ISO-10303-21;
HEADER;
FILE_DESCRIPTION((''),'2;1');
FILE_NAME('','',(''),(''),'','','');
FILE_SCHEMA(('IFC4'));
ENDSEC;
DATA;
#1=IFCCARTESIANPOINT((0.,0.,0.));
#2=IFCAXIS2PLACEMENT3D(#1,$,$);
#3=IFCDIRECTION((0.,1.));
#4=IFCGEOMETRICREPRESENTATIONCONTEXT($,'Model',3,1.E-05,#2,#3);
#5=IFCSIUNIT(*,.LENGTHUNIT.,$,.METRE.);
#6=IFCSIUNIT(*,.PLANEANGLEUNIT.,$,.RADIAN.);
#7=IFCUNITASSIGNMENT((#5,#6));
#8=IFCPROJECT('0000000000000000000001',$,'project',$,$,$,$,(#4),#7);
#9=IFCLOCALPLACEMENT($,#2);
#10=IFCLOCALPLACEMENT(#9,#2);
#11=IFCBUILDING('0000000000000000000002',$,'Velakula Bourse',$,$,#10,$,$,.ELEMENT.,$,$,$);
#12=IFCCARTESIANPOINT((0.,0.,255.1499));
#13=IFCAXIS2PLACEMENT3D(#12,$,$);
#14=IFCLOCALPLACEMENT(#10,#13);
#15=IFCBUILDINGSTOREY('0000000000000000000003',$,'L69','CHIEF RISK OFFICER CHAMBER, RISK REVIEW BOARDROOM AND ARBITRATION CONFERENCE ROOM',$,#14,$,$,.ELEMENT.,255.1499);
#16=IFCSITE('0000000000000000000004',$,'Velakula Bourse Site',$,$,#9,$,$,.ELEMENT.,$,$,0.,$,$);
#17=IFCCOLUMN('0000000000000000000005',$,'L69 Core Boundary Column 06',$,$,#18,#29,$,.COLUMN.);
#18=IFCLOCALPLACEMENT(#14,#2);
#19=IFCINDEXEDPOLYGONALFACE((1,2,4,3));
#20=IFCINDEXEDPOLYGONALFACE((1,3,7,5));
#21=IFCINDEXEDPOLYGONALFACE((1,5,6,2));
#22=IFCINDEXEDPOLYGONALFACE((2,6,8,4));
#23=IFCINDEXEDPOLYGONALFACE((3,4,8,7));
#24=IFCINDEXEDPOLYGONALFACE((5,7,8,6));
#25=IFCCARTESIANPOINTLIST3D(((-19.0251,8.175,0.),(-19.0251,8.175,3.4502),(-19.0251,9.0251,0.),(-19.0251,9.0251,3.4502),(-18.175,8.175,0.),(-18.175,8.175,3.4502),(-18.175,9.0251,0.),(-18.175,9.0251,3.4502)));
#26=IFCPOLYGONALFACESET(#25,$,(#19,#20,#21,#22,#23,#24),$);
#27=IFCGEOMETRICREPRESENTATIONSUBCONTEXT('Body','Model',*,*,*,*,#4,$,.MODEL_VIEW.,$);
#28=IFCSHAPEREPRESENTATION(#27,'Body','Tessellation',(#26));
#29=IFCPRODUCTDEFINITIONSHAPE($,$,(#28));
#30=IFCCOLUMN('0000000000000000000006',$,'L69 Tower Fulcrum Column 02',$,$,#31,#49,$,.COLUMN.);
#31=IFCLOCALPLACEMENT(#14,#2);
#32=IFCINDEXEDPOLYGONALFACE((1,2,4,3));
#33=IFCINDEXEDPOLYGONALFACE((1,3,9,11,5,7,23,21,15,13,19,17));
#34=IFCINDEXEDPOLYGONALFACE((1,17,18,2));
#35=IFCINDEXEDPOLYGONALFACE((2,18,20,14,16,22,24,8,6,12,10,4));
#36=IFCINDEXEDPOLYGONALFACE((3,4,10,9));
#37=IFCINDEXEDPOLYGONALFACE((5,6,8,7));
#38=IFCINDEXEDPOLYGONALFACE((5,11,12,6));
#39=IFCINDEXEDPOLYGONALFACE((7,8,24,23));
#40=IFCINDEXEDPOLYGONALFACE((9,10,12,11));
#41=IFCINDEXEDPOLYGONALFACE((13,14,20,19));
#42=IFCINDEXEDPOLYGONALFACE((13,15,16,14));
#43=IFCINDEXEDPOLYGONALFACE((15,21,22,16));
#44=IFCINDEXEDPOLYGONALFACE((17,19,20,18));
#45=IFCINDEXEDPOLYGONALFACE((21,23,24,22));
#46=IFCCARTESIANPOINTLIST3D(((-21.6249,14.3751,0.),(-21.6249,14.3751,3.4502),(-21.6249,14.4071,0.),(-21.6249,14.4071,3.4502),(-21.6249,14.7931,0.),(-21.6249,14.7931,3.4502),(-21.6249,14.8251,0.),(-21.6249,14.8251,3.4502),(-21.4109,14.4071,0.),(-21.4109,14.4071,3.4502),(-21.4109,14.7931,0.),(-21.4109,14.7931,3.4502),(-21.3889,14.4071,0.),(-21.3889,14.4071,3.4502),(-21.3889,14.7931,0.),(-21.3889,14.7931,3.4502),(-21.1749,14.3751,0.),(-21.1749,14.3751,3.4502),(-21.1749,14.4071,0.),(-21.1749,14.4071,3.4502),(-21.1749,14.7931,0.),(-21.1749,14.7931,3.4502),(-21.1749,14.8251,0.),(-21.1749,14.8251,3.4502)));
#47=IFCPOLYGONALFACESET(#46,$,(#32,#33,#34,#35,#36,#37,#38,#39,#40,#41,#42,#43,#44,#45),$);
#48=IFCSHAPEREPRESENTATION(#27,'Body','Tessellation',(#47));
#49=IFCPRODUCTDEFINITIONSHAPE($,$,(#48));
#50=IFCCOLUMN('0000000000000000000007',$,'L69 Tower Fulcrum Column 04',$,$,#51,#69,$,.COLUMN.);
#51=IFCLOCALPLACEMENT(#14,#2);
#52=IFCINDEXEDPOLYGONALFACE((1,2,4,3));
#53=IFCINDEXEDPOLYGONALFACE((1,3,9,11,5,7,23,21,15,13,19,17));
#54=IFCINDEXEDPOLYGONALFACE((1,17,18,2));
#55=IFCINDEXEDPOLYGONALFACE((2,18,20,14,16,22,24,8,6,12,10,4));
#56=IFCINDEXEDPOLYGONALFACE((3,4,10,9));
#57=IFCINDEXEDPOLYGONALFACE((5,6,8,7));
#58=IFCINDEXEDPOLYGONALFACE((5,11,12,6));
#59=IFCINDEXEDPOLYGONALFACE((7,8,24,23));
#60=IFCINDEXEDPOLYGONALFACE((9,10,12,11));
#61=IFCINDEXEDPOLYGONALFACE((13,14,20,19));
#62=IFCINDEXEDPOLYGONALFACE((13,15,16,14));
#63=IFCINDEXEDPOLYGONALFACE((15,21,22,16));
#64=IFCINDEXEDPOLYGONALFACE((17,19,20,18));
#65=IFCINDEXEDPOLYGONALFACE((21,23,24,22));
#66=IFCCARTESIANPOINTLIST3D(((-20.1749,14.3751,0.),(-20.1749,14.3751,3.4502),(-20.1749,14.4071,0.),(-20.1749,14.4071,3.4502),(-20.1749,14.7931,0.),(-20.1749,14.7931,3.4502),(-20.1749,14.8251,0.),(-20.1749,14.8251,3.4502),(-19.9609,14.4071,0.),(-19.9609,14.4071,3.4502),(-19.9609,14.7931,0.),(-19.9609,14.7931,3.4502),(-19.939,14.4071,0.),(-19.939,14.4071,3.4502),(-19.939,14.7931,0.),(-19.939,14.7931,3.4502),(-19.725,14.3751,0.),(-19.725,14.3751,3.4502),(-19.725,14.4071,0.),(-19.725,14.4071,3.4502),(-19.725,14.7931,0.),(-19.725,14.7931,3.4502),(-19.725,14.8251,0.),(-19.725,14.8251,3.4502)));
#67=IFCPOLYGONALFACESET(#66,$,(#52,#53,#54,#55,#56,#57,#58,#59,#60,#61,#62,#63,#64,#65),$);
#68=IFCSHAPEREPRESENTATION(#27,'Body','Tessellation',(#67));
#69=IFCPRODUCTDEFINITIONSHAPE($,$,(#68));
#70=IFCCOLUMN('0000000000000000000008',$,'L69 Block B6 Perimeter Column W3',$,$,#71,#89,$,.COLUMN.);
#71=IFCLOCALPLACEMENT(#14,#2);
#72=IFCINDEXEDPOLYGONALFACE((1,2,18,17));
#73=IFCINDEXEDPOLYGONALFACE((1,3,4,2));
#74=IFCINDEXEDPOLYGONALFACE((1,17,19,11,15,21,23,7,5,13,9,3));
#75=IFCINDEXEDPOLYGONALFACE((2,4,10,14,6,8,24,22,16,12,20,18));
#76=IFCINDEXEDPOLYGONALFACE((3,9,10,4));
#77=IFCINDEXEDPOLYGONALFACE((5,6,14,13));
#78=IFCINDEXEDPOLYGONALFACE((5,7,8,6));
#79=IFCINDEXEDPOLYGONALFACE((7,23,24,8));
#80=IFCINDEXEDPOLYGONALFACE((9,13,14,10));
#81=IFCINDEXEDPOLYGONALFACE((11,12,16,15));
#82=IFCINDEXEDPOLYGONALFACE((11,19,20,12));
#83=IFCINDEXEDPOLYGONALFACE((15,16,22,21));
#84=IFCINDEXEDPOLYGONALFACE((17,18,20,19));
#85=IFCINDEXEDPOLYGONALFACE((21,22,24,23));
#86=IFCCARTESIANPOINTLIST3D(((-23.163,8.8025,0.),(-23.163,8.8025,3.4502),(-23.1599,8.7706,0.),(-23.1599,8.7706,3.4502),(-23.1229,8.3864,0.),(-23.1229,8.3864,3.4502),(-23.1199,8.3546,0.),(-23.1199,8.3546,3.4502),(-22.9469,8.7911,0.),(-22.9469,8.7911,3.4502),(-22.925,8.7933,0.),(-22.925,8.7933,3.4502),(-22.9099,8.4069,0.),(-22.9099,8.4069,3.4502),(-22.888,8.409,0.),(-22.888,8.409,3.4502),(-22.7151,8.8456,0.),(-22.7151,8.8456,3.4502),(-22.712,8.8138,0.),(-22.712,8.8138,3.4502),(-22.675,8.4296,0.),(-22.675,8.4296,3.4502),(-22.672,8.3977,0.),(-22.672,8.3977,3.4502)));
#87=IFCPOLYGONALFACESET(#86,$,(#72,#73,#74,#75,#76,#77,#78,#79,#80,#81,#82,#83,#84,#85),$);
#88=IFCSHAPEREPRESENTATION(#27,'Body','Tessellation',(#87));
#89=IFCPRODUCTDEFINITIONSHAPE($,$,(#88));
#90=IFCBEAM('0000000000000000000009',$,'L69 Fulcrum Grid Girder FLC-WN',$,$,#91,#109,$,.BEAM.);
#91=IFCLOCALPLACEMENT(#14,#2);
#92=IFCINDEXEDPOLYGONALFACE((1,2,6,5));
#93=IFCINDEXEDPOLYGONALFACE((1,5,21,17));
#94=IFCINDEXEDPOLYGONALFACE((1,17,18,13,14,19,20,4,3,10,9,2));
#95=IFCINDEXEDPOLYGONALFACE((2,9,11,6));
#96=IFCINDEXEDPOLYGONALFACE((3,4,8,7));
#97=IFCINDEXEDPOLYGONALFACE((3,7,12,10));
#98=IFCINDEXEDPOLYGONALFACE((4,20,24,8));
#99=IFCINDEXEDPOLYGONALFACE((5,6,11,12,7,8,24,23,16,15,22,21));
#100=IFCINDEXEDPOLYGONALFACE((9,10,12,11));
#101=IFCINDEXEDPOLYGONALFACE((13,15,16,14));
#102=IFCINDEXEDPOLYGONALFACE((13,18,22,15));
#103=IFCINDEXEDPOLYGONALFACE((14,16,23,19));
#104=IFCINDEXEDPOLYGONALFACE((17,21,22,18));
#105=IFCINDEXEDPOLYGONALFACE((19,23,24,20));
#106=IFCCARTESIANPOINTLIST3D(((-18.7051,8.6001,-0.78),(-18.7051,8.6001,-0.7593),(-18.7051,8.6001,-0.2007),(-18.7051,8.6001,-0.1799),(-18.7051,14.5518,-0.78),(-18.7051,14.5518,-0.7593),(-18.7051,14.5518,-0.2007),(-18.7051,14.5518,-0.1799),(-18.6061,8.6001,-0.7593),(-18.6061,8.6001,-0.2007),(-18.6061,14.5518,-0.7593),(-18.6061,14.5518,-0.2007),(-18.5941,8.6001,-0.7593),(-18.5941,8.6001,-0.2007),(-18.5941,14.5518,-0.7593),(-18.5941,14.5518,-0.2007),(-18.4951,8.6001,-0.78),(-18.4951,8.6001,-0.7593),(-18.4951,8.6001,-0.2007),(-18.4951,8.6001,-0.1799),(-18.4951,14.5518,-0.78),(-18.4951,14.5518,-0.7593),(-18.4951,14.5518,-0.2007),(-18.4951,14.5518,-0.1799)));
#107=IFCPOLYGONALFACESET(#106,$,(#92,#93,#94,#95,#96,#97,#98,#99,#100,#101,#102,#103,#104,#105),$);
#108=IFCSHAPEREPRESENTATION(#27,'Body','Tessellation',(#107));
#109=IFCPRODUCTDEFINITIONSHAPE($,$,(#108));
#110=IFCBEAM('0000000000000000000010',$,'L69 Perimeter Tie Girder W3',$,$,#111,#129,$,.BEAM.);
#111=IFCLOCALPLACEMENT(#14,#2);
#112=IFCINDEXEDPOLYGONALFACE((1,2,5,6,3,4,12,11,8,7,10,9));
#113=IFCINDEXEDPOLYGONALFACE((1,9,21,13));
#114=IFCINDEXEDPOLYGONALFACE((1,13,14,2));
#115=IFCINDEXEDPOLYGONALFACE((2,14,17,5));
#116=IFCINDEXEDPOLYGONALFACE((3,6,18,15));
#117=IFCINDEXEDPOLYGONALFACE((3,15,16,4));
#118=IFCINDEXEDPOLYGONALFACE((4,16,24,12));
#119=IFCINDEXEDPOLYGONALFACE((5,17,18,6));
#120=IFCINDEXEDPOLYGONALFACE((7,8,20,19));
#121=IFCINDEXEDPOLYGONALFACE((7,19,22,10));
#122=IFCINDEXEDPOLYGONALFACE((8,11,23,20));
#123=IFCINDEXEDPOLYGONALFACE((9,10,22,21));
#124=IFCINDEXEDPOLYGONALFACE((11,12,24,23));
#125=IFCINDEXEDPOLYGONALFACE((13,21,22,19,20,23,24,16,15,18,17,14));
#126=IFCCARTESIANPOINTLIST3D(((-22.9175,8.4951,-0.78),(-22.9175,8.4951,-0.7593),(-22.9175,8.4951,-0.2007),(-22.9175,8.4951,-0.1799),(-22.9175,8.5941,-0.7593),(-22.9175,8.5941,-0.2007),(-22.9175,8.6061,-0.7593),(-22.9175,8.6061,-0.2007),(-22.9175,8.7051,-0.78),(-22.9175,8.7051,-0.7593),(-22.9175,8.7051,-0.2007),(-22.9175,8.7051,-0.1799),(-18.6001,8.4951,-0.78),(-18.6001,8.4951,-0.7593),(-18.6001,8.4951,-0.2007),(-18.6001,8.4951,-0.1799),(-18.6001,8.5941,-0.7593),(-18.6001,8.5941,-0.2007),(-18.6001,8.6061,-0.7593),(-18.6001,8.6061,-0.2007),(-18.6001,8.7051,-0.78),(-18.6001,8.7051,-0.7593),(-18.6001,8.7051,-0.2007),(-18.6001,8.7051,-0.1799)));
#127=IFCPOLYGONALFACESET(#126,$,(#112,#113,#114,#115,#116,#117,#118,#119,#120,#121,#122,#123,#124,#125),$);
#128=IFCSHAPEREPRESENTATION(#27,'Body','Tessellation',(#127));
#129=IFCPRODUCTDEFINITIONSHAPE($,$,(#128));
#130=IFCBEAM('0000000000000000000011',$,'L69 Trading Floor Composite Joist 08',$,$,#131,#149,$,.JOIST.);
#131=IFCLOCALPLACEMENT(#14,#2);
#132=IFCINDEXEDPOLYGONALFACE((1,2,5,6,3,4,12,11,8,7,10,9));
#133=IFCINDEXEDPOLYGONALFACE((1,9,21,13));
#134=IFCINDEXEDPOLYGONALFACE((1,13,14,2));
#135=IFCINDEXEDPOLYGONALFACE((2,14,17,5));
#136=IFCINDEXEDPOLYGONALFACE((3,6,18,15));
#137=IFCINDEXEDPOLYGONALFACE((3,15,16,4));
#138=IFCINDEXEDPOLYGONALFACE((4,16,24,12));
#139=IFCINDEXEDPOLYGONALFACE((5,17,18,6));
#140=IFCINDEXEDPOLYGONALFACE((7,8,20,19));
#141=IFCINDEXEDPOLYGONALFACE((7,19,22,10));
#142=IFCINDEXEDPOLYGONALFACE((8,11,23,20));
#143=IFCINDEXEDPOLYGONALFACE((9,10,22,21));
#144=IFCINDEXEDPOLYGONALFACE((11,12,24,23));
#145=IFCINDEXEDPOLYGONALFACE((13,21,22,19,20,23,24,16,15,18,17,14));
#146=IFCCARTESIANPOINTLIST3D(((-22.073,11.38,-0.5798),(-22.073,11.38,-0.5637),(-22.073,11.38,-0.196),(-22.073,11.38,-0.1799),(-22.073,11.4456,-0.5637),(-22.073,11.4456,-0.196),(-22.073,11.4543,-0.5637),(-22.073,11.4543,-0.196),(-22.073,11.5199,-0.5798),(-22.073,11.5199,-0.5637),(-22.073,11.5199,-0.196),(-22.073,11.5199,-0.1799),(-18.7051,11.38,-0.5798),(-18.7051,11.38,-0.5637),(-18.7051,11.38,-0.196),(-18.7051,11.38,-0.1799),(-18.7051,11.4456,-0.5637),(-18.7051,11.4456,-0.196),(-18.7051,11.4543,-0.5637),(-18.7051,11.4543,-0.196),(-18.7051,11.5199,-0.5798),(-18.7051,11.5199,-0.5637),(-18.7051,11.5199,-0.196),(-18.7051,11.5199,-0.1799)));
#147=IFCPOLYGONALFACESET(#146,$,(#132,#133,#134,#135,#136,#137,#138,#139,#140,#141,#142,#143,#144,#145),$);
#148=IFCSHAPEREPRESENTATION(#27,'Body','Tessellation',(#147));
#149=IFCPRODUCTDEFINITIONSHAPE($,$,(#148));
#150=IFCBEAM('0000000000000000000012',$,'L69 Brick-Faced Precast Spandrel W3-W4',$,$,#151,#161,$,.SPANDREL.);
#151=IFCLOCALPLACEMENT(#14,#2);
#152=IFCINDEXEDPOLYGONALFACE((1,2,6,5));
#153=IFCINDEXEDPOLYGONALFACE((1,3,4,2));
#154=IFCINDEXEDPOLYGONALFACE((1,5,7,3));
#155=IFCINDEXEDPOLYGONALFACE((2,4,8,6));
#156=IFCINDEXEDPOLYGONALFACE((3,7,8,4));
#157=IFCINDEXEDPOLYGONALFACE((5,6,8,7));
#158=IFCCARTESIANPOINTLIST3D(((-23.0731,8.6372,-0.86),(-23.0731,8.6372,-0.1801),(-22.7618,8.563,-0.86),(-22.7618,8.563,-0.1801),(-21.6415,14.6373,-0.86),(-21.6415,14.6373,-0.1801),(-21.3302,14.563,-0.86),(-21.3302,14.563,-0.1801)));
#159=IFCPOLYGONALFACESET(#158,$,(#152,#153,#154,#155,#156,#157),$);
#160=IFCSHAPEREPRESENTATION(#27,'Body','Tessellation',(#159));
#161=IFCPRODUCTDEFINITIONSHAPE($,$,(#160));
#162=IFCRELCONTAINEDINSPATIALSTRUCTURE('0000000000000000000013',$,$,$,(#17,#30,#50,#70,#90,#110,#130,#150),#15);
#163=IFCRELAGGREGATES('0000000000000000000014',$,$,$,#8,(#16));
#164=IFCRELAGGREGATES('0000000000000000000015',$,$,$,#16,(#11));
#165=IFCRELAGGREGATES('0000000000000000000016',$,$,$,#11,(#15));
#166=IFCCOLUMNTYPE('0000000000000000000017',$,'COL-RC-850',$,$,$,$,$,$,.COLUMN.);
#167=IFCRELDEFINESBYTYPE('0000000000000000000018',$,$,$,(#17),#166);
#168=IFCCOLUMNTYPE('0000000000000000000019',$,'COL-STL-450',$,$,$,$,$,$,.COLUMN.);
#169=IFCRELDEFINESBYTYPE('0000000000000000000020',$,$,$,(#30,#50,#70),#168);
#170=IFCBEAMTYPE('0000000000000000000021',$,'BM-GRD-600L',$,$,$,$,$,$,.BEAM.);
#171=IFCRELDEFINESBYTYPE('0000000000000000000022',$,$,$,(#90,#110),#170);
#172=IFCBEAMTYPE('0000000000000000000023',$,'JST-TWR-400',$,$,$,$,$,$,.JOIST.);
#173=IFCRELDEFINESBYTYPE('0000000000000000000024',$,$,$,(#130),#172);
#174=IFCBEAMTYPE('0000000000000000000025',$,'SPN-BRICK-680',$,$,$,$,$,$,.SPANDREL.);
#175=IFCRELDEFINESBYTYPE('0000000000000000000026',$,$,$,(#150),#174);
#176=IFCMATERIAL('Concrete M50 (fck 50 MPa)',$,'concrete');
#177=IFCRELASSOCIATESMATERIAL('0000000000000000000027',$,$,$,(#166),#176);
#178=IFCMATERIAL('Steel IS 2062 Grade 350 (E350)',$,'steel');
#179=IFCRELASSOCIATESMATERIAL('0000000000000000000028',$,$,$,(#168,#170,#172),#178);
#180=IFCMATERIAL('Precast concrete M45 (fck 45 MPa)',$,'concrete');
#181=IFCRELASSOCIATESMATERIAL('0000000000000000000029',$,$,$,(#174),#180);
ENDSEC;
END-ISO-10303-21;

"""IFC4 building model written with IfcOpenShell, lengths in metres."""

from ifc_helpers import new_model, si_unit, direction, frame, origin, origin_2d, place, context, subcontext, project, spatial, rectangle, i_section, extrude, material, material_profile, profile_set, type_object, element, save


model = new_model("IFC4")

# Units and contexts
model_context = context("Model", 3, precision=1e-05, world=origin(), true_north=direction((0.0, 1.0)))
body_context = subcontext(model_context, "Body", "Model", "MODEL_VIEW")
ifc_project = project(units=[si_unit("LENGTHUNIT", "METRE"), si_unit("PLANEANGLEUNIT", "RADIAN")], contexts=[model_context])

# Site, building, storey
site_placement = place(None, origin())
site = spatial("IfcSite", under=ifc_project, at=site_placement, Name="Velakula Bourse Site", CompositionType="ELEMENT", RefElevation=0.0)
building_placement = place(site_placement, origin())
building = spatial("IfcBuilding", under=site, at=building_placement, Name="Velakula Bourse", CompositionType="ELEMENT")
storey_placement = place(building_placement, frame((0.0, 0.0, 255.1499)))
storey = spatial("IfcBuildingStorey", under=building, at=storey_placement, Name="L69", Description="CHIEF RISK OFFICER CHAMBER, RISK REVIEW BOARDROOM AND ARBITRATION CONFERENCE ROOM", CompositionType="ELEMENT", Elevation=255.1499)

# Columns
ifc_material_1 = material(Name="Concrete M50 (fck 50 MPa)", Category="concrete")
ifc_material_profile_1 = material_profile(ifc_material_1, rectangle(XDim=0.8501, YDim=0.8501, at=origin_2d()), Name="Concrete M50 (fck 50 MPa)")
ifc_profile_set_1 = profile_set([ifc_material_profile_1], Name="Concrete M50 (fck 50 MPa)")
column_type_1 = type_object("IfcColumnType", Name="COL-RC-850", PredefinedType="COLUMN", material=ifc_profile_set_1)
column_placement = place(storey_placement, frame((-18.6001, 8.6001, 0.0), z_axis=(0.0, 0.0, 1.0), x_axis=(1.0, 0.0, 0.0)))
element("IfcColumn", 1, at=column_placement, inside=storey, type_object=column_type_1, Name="L69 Core Boundary Column 06", PredefinedType="COLUMN", context=body_context, shape_type="SweptSolid", body=[
    extrude(rectangle(XDim=0.8501, YDim=0.8501, at=origin_2d()), origin(), (0.0, 0.0, 1.0), 3.4502),
])
ifc_material_2 = material(Name="Steel IS 2062 Grade 350 (E350)", Category="steel")
ifc_material_profile_2 = material_profile(ifc_material_2, i_section(OverallWidth=0.45, OverallDepth=0.45, WebThickness=0.022, FlangeThickness=0.032, at=origin_2d()), Name="Steel IS 2062 Grade 350 (E350)")
ifc_profile_set_2 = profile_set([ifc_material_profile_2], Name="Steel IS 2062 Grade 350 (E350)")
column_type_2 = type_object("IfcColumnType", Name="COL-STL-450", PredefinedType="COLUMN", material=ifc_profile_set_2)
for number, where, z_axis, x_axis, name in (
    (2, (-21.3999, 14.6001, 0.0), (0.0, 0.0, 1.0), (1.0, 0.0, 0.0), "L69 Tower Fulcrum Column 02"),
    (3, (-19.95, 14.6001, 0.0), (0.0, 0.0, 1.0), (1.0, 0.0, 0.0), "L69 Tower Fulcrum Column 04"),
    (4, (-22.9175, 8.6001, 0.0), (0.0, 0.0, 1.0), (0.995396, 0.095846, 0.0), "L69 Block B6 Perimeter Column W3"),
):
    element("IfcColumn", number, at=place(storey_placement, frame(where, z_axis=z_axis, x_axis=x_axis)), inside=storey, type_object=column_type_2, Name=name, PredefinedType="COLUMN", context=body_context, shape_type="SweptSolid", body=[
        extrude(i_section(OverallWidth=0.45, OverallDepth=0.45, WebThickness=0.022, FlangeThickness=0.032, at=origin_2d()), origin(), (0.0, 0.0, 1.0), 3.4502),
    ])

# Beams
ifc_material_profile_3 = material_profile(ifc_material_2, i_section(OverallWidth=0.21, OverallDepth=0.6001, WebThickness=0.012, FlangeThickness=0.0208, at=origin_2d()), Name="Steel IS 2062 Grade 350 (E350)")
ifc_profile_set_3 = profile_set([ifc_material_profile_3], Name="Steel IS 2062 Grade 350 (E350)")
beam_type_1 = type_object("IfcBeamType", Name="BM-GRD-600L", PredefinedType="BEAM", material=ifc_profile_set_3)
beam_1_placement = place(storey_placement, frame((-18.6001, 8.6001, -0.48), z_axis=(0.0, 1.0, 0.0), x_axis=(-1.0, 0.0, 0.0)))
element("IfcBeam", 5, at=beam_1_placement, inside=storey, type_object=beam_type_1, Name="L69 Fulcrum Grid Girder FLC-WN", PredefinedType="BEAM", context=body_context, shape_type="SweptSolid", body=[
    extrude(i_section(OverallWidth=0.21, OverallDepth=0.6001, WebThickness=0.012, FlangeThickness=0.0208, at=origin_2d()), origin(), (0.0, 0.0, 1.0), 5.9517),
])
beam_2_placement = place(storey_placement, frame((-18.6001, 8.6001, -0.48), z_axis=(-1.0, 0.0, 0.0), x_axis=(0.0, -1.0, 0.0)))
element("IfcBeam", 6, at=beam_2_placement, inside=storey, type_object=beam_type_1, Name="L69 Perimeter Tie Girder W3", PredefinedType="BEAM", context=body_context, shape_type="SweptSolid", body=[
    extrude(i_section(OverallWidth=0.21, OverallDepth=0.6001, WebThickness=0.012, FlangeThickness=0.0208, at=origin_2d()), origin(), (0.0, 0.0, 1.0), 4.3174),
])
ifc_material_profile_4 = material_profile(ifc_material_2, i_section(OverallWidth=0.1399, OverallDepth=0.3999, WebThickness=0.0088, FlangeThickness=0.0161, at=origin_2d()), Name="Steel IS 2062 Grade 350 (E350)")
ifc_profile_set_4 = profile_set([ifc_material_profile_4], Name="Steel IS 2062 Grade 350 (E350)")
beam_type_2 = type_object("IfcBeamType", Name="JST-TWR-400", PredefinedType="JOIST", material=ifc_profile_set_4)
beam_3_placement = place(storey_placement, frame((-22.073, 11.45, -0.3799), z_axis=(1.0, 0.0, 0.0), x_axis=(0.0, 1.0, 0.0)))
element("IfcBeam", 7, at=beam_3_placement, inside=storey, type_object=beam_type_2, Name="L69 Trading Floor Composite Joist 08", PredefinedType="JOIST", context=body_context, shape_type="SweptSolid", body=[
    extrude(i_section(OverallWidth=0.1399, OverallDepth=0.3999, WebThickness=0.0088, FlangeThickness=0.0161, at=origin_2d()), origin(), (0.0, 0.0, 1.0), 3.3679),
])
ifc_material_3 = material(Name="Precast concrete M45 (fck 45 MPa)", Category="concrete")
ifc_material_profile_5 = material_profile(ifc_material_3, rectangle(XDim=0.3201, YDim=0.6799, at=origin_2d()), Name="Precast concrete M45 (fck 45 MPa)")
ifc_profile_set_5 = profile_set([ifc_material_profile_5], Name="Precast concrete M45 (fck 45 MPa)")
beam_type_3 = type_object("IfcBeamType", Name="SPN-BRICK-680", PredefinedType="SPANDREL", material=ifc_profile_set_5)
beam_4_placement = place(storey_placement, frame((-22.9175, 8.6001, -0.52), z_axis=(0.232091, 0.972694, 0.0), x_axis=(-0.972694, 0.232091, 0.0)))
element("IfcBeam", 8, at=beam_4_placement, inside=storey, type_object=beam_type_3, Name="L69 Brick-Faced Precast Spandrel W3-W4", PredefinedType="SPANDREL", context=body_context, shape_type="SweptSolid", body=[
    extrude(rectangle(XDim=0.3201, YDim=0.6799, at=origin_2d()), origin(), (0.0, 0.0, 1.0), 6.1685),
])

save(model, "model.ifc")
